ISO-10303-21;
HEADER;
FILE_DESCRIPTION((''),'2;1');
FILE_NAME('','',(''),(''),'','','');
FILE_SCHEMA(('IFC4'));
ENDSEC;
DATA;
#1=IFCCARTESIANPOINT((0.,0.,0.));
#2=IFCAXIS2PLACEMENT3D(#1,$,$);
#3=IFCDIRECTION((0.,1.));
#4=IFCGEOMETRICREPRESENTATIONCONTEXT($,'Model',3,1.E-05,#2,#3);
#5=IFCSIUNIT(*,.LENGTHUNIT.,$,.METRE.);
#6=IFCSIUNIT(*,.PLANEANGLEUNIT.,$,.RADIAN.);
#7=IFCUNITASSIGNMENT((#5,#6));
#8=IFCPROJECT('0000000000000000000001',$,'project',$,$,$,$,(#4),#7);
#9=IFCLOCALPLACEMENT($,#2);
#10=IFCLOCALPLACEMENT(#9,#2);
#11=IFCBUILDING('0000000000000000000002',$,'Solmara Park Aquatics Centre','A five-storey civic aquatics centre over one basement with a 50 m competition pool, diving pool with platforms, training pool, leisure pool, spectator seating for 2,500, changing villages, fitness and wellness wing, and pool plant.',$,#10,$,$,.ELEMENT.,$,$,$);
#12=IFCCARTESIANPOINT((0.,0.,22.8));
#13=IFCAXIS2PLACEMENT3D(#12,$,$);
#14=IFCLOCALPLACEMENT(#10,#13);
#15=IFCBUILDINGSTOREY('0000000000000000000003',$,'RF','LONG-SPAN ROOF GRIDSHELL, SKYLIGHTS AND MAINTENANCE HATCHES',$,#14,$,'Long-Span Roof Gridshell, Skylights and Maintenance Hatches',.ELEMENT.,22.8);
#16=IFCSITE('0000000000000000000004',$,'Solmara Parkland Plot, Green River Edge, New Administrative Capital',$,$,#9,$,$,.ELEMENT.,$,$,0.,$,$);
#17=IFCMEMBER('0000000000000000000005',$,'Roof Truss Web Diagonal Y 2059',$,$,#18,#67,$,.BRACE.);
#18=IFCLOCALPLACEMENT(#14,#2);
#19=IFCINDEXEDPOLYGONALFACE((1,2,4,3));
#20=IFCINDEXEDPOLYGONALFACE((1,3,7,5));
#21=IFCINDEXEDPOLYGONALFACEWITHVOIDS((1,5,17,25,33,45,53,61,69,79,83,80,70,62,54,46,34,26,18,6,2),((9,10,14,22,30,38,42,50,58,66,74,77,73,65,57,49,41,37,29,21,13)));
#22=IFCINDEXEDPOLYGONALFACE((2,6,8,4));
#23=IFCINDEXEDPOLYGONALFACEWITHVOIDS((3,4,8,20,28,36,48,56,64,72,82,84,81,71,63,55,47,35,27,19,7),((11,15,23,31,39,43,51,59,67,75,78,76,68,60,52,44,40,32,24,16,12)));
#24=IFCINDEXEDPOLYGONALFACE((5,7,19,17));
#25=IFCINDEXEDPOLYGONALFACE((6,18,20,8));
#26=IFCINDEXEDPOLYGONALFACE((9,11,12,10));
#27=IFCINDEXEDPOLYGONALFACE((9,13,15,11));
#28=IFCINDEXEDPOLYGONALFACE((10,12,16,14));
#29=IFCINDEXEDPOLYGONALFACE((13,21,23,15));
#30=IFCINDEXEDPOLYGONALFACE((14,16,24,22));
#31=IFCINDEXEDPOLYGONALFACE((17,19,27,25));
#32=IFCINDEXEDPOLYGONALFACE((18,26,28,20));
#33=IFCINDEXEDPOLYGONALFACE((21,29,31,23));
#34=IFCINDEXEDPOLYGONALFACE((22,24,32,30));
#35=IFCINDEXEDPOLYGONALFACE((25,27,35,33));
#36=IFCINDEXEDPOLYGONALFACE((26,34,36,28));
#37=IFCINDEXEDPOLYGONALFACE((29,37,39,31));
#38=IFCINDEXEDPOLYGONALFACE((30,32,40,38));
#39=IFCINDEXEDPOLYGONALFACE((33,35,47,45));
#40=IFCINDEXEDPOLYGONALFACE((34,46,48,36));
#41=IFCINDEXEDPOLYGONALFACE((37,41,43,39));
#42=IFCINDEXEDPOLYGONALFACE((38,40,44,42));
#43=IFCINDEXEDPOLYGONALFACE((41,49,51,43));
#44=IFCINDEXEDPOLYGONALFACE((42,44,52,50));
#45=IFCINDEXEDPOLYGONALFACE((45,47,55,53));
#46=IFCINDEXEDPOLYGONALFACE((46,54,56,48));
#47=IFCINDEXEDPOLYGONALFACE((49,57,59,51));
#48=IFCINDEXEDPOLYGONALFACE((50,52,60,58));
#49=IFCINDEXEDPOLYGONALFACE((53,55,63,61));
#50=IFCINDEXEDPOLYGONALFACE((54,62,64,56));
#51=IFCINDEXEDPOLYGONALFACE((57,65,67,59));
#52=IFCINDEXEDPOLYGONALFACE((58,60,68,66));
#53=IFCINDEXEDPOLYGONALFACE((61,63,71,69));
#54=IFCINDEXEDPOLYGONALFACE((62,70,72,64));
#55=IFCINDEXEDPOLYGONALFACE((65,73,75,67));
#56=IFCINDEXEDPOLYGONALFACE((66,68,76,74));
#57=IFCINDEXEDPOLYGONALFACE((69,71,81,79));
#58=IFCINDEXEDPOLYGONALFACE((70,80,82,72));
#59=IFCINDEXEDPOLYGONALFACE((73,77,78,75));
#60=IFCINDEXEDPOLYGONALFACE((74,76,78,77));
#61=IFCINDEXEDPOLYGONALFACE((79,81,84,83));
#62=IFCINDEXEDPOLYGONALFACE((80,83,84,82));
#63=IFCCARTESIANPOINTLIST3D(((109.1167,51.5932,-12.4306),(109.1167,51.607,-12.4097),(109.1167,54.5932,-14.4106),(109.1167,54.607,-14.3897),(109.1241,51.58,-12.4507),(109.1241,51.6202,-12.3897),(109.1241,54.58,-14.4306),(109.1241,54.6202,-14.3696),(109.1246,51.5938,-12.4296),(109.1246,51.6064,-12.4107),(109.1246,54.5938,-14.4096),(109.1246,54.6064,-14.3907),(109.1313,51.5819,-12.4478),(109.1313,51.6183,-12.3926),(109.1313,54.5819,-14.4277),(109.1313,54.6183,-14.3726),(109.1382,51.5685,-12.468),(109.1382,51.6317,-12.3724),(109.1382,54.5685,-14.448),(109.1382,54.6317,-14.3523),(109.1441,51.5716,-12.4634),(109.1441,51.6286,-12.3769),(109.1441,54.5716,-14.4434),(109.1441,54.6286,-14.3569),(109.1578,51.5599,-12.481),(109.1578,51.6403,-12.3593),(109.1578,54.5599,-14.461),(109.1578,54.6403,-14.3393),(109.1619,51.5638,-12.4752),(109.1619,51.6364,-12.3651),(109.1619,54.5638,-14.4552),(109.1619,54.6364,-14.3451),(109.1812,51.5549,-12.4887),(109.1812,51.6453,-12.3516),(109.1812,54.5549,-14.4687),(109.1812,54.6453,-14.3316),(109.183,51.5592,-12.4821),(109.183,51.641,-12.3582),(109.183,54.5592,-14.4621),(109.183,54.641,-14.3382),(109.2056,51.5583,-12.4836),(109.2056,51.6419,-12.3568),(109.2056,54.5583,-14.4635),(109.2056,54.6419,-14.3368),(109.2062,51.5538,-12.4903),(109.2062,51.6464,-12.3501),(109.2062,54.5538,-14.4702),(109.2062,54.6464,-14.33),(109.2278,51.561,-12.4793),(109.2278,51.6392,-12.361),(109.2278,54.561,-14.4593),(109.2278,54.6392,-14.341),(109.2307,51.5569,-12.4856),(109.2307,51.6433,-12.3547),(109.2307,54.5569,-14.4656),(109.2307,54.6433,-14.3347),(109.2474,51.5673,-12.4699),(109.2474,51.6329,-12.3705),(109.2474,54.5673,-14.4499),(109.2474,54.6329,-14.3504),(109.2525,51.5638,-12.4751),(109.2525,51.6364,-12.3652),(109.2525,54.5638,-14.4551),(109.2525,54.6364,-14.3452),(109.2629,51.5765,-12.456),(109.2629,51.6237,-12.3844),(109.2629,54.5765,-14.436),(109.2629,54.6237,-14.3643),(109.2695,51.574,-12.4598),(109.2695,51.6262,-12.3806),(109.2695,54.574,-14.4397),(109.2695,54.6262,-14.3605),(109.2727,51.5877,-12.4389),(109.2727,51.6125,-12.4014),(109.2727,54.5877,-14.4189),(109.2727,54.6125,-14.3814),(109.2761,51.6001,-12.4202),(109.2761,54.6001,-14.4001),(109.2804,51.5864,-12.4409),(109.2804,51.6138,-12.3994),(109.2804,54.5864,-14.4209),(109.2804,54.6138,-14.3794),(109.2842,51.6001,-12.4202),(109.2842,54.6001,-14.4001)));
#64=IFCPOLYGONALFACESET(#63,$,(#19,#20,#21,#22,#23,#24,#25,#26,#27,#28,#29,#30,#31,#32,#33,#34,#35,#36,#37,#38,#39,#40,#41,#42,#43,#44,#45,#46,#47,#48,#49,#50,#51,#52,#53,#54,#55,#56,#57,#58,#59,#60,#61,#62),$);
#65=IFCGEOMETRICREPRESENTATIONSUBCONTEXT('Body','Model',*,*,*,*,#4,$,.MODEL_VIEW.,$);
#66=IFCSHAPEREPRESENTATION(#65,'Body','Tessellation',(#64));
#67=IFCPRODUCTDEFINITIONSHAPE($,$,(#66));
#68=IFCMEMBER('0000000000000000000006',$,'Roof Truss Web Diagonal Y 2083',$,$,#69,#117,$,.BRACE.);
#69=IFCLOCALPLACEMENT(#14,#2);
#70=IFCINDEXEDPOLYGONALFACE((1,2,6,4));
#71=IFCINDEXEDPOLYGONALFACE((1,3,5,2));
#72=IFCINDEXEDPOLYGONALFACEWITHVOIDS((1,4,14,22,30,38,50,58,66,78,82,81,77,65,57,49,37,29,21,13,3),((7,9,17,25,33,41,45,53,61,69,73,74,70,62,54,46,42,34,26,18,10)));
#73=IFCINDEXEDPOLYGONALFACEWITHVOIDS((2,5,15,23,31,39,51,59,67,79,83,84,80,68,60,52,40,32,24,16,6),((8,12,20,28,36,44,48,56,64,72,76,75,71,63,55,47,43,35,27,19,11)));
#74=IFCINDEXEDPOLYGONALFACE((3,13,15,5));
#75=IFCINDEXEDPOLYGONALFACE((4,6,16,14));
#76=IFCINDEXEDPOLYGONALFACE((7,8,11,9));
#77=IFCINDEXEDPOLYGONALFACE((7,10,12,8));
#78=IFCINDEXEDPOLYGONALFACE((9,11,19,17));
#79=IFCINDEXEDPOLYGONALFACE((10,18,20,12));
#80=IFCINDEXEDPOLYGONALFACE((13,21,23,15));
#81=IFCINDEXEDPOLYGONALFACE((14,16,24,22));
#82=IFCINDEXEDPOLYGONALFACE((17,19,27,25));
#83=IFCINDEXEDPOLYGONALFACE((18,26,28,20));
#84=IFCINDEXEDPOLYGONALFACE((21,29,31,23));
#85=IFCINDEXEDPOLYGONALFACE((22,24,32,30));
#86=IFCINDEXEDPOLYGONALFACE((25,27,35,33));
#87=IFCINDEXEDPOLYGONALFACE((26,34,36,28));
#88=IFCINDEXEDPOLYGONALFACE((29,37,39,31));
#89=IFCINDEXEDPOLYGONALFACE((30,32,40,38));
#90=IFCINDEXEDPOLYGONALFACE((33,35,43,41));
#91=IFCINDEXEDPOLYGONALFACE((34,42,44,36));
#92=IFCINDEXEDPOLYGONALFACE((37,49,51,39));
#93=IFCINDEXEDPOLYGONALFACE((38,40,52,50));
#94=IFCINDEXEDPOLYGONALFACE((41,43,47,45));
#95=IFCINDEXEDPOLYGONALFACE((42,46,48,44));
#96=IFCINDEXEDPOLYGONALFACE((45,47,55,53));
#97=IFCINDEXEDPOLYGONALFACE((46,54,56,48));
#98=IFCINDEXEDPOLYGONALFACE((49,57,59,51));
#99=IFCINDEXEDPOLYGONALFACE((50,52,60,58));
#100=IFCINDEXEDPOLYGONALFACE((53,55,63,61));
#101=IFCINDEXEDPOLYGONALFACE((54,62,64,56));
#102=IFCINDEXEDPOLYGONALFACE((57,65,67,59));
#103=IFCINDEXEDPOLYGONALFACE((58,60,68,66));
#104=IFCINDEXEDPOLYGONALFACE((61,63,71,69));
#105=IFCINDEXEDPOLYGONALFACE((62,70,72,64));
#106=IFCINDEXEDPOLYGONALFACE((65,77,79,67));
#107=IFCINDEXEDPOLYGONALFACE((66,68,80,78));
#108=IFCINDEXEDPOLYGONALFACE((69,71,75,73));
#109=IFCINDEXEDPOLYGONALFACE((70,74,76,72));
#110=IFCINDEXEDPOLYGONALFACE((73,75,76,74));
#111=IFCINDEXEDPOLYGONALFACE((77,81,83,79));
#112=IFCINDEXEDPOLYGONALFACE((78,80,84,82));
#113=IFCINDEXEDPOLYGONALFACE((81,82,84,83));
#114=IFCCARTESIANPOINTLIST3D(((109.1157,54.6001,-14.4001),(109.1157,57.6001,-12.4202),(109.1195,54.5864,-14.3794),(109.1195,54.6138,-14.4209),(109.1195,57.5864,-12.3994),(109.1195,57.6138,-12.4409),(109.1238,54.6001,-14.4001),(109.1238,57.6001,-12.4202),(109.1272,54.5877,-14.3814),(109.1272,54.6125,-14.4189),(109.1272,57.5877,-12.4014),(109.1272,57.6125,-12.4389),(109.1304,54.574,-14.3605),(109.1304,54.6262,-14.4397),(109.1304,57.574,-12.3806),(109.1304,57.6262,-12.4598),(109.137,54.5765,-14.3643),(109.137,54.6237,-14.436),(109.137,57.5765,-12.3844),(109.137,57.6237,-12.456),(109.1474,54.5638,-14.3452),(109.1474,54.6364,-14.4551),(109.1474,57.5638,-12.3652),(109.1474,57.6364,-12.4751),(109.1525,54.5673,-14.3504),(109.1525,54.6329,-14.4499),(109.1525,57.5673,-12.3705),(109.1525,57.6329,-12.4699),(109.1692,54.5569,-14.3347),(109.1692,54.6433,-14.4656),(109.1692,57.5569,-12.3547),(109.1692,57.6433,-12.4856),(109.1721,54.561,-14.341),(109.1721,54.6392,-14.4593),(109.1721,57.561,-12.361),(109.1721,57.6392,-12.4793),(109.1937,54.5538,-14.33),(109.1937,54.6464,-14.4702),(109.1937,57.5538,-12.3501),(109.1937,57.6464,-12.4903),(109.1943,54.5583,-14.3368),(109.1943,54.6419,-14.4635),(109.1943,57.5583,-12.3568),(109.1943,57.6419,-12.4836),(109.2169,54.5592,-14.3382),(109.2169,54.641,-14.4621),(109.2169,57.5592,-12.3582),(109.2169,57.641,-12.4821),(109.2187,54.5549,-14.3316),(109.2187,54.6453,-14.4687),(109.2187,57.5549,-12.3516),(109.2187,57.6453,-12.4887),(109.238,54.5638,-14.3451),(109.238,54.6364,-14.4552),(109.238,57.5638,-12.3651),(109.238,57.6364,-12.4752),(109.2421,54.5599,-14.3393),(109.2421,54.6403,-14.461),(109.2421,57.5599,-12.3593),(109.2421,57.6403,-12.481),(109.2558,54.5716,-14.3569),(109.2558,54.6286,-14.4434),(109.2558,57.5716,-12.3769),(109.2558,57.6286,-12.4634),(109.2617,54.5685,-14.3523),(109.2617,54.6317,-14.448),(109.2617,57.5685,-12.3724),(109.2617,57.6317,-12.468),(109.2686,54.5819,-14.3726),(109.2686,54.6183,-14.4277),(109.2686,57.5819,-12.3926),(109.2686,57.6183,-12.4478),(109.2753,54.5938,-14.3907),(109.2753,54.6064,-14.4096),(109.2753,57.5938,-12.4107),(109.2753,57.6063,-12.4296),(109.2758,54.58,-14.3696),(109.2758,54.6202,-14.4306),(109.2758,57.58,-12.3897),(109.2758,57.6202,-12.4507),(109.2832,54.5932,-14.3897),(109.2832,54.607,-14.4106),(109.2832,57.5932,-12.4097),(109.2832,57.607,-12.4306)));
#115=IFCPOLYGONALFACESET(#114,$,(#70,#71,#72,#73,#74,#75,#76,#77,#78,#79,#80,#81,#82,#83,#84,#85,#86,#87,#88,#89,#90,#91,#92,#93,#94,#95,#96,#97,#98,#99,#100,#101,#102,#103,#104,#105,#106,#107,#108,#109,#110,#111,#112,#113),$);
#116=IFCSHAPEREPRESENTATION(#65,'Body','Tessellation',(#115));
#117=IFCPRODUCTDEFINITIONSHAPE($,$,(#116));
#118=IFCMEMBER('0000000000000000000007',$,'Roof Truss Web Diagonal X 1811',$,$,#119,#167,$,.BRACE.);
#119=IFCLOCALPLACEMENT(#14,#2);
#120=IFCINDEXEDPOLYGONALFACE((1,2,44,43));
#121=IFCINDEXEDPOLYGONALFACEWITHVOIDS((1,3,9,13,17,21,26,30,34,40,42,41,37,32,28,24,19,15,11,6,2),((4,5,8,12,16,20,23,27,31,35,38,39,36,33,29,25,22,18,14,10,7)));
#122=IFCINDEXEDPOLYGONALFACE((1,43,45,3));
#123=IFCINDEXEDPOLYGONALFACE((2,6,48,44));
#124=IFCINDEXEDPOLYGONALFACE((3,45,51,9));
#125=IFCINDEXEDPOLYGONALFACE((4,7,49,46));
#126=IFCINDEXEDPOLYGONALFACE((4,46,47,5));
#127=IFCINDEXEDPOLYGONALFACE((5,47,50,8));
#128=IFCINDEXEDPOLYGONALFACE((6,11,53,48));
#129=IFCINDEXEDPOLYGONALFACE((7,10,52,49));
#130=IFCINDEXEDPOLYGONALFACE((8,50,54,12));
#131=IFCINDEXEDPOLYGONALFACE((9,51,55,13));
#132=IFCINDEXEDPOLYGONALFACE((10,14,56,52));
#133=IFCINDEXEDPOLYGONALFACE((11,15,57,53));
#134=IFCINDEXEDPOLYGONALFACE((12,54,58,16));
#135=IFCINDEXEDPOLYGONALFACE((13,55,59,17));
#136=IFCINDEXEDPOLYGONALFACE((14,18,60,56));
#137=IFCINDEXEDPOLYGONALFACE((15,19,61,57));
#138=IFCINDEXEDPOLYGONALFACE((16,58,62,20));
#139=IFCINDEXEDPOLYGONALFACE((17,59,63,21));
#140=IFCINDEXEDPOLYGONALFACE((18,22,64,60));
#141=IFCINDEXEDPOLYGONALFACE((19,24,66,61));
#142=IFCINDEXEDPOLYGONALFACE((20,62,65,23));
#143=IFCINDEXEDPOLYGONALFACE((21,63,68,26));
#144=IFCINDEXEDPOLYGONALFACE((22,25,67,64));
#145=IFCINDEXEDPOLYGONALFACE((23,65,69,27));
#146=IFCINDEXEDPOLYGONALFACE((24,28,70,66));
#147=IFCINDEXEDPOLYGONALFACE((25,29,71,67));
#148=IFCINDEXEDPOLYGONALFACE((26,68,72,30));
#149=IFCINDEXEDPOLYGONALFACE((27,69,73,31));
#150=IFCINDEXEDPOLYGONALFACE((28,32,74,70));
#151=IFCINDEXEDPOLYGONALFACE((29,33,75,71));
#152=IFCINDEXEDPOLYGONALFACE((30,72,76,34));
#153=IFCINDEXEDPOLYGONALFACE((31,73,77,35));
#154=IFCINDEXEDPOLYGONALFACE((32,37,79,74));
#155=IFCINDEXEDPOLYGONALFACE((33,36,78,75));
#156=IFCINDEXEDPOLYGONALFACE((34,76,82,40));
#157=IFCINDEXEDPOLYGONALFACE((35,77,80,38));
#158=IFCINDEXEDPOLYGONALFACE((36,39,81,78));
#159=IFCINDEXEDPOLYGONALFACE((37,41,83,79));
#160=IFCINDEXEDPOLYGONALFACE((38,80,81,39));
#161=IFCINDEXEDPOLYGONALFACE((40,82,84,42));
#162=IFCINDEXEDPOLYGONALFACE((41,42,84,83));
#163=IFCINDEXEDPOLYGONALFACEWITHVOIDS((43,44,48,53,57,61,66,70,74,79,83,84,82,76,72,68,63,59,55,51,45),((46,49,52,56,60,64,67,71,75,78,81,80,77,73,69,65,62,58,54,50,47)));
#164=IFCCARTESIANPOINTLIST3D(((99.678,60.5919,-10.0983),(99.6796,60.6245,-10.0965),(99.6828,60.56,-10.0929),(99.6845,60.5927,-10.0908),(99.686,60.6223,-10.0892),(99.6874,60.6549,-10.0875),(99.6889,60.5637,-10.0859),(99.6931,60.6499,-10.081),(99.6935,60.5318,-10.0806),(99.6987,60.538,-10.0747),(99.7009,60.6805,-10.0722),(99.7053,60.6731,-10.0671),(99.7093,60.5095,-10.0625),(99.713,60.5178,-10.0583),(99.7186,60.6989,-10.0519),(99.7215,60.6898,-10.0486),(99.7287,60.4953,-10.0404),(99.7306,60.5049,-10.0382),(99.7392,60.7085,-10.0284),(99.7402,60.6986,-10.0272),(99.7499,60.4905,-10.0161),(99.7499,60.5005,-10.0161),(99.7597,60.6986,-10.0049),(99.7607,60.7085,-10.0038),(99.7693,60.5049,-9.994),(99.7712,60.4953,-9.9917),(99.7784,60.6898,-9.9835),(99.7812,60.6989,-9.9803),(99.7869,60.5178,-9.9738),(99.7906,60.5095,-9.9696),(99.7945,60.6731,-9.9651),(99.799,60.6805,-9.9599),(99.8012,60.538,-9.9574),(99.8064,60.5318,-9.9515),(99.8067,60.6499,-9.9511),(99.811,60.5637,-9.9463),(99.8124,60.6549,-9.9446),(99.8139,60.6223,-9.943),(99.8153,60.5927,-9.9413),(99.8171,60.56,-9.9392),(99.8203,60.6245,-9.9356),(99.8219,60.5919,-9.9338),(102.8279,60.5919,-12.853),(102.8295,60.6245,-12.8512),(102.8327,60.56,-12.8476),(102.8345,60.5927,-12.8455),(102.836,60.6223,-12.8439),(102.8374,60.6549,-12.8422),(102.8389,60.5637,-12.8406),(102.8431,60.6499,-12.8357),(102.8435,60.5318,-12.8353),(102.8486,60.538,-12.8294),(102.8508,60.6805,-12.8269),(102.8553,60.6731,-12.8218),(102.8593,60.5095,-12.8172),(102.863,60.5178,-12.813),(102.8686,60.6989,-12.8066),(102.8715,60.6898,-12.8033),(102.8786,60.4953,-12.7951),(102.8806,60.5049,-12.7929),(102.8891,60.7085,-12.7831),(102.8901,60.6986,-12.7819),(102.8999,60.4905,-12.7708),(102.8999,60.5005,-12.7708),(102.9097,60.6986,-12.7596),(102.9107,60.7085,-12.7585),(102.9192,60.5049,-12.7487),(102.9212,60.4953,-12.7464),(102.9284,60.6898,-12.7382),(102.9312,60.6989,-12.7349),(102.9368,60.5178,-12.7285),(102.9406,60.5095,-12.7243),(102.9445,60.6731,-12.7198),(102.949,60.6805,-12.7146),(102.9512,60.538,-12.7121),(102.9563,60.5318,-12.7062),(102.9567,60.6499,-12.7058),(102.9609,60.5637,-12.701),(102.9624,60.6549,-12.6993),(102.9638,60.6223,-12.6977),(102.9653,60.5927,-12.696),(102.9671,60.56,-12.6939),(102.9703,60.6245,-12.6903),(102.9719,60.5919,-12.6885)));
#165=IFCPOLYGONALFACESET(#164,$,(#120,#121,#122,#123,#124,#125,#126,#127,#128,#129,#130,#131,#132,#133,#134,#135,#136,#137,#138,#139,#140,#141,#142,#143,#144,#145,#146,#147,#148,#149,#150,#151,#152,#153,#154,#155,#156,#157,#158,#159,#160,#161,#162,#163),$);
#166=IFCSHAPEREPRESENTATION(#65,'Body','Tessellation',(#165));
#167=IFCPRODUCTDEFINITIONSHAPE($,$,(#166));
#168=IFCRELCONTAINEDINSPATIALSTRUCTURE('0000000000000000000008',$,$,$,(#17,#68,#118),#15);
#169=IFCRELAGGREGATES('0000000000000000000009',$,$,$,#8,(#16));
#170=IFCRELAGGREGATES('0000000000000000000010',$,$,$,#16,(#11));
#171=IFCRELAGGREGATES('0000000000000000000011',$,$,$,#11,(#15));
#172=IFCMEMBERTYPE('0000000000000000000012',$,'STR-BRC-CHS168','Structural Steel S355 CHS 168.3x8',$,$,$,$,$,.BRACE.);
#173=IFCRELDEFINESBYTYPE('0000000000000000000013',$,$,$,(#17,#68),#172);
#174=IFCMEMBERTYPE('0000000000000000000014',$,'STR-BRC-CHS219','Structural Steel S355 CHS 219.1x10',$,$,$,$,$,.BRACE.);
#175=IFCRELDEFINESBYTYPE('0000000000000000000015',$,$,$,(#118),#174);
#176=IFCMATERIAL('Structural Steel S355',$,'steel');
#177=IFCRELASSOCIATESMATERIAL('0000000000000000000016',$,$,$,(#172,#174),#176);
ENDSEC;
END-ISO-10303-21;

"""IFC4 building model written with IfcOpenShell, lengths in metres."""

from ifc_helpers import new_model, si_unit, direction, frame, origin, origin_2d, place, context, subcontext, project, spatial, hollow_circle, extrude, material, material_profile, profile_set, type_object, element, save


model = new_model("IFC4")

# Units and contexts
model_context = context("Model", 3, precision=1e-05, world=origin(), true_north=direction((0.0, 1.0)))
body_context = subcontext(model_context, "Body", "Model", "MODEL_VIEW")
ifc_project = project(units=[si_unit("LENGTHUNIT", "METRE"), si_unit("PLANEANGLEUNIT", "RADIAN")], contexts=[model_context])

# Site, building, storey
site_placement = place(None, origin())
site = spatial("IfcSite", under=ifc_project, at=site_placement, Name="Solmara Parkland Plot, Green River Edge, New Administrative Capital", CompositionType="ELEMENT", RefElevation=0.0)
building_placement = place(site_placement, origin())
building = spatial("IfcBuilding", under=site, at=building_placement, Name="Solmara Park Aquatics Centre", Description="A five-storey civic aquatics centre over one basement with a 50 m competition pool, diving pool with platforms, training pool, leisure pool, spectator seating for 2,500, changing villages, fitness and wellness wing, and pool plant.", CompositionType="ELEMENT")
storey_placement = place(building_placement, frame((0.0, 0.0, 22.8)))
storey = spatial("IfcBuildingStorey", under=building, at=storey_placement, Name="RF", Description="LONG-SPAN ROOF GRIDSHELL, SKYLIGHTS AND MAINTENANCE HATCHES", LongName="Long-Span Roof Gridshell, Skylights and Maintenance Hatches", CompositionType="ELEMENT", Elevation=22.8)

# Members
ifc_material_1 = material(Name="Structural Steel S355", Category="steel")
ifc_material_profile_1 = material_profile(ifc_material_1, hollow_circle(Radius=0.0842, WallThickness=0.0081, at=origin_2d()), Name="CHS 168.3x8")
ifc_profile_set_1 = profile_set([ifc_material_profile_1], Name="Structural Steel S355")
member_type_1 = type_object("IfcMemberType", Name="STR-BRC-CHS168", Description="Structural Steel S355 CHS 168.3x8", PredefinedType="BRACE", material=ifc_profile_set_1)
for number, where, z_axis, x_axis, name in (
    (1, (109.2, 54.6001, -14.4001), (0.0, -0.834612, 0.550838), (1.0, 0.0, 0.0), "Roof Truss Web Diagonal Y 2059"),
    (2, (109.2, 54.6001, -14.4001), (0.0, 0.834612, 0.550838), (-1.0, 0.0, 0.0), "Roof Truss Web Diagonal Y 2083"),
):
    element("IfcMember", number, at=place(storey_placement, frame(where, z_axis=z_axis, x_axis=x_axis)), inside=storey, type_object=member_type_1, Name=name, PredefinedType="BRACE", context=body_context, shape_type="SweptSolid", body=[
        extrude(hollow_circle(Radius=0.0842, WallThickness=0.0081, at=origin_2d()), origin(), (0.0, 0.0, 1.0), 3.5945),
    ])
ifc_material_profile_2 = material_profile(ifc_material_1, hollow_circle(Radius=0.1096, WallThickness=0.01, at=origin_2d()), Name="CHS 219.1x10")
ifc_profile_set_2 = profile_set([ifc_material_profile_2], Name="Structural Steel S355")
member_type_2 = type_object("IfcMemberType", Name="STR-BRC-CHS219", Description="Structural Steel S355 CHS 219.1x10", PredefinedType="BRACE", material=ifc_profile_set_2)
member_1_placement = place(storey_placement, frame((102.8999, 60.6001, -12.7708), z_axis=(-0.752757, 0.0, 0.658298), x_axis=(0.0, -1.0, 0.0)))
element("IfcMember", 3, at=member_1_placement, inside=storey, type_object=member_type_2, Name="Roof Truss Web Diagonal X 1811", PredefinedType="BRACE", context=body_context, shape_type="SweptSolid", body=[
    extrude(hollow_circle(Radius=0.1096, WallThickness=0.01, at=origin_2d()), origin(), (0.0, 0.0, 1.0), 4.1846),
])

save(model, "model.ifc")
